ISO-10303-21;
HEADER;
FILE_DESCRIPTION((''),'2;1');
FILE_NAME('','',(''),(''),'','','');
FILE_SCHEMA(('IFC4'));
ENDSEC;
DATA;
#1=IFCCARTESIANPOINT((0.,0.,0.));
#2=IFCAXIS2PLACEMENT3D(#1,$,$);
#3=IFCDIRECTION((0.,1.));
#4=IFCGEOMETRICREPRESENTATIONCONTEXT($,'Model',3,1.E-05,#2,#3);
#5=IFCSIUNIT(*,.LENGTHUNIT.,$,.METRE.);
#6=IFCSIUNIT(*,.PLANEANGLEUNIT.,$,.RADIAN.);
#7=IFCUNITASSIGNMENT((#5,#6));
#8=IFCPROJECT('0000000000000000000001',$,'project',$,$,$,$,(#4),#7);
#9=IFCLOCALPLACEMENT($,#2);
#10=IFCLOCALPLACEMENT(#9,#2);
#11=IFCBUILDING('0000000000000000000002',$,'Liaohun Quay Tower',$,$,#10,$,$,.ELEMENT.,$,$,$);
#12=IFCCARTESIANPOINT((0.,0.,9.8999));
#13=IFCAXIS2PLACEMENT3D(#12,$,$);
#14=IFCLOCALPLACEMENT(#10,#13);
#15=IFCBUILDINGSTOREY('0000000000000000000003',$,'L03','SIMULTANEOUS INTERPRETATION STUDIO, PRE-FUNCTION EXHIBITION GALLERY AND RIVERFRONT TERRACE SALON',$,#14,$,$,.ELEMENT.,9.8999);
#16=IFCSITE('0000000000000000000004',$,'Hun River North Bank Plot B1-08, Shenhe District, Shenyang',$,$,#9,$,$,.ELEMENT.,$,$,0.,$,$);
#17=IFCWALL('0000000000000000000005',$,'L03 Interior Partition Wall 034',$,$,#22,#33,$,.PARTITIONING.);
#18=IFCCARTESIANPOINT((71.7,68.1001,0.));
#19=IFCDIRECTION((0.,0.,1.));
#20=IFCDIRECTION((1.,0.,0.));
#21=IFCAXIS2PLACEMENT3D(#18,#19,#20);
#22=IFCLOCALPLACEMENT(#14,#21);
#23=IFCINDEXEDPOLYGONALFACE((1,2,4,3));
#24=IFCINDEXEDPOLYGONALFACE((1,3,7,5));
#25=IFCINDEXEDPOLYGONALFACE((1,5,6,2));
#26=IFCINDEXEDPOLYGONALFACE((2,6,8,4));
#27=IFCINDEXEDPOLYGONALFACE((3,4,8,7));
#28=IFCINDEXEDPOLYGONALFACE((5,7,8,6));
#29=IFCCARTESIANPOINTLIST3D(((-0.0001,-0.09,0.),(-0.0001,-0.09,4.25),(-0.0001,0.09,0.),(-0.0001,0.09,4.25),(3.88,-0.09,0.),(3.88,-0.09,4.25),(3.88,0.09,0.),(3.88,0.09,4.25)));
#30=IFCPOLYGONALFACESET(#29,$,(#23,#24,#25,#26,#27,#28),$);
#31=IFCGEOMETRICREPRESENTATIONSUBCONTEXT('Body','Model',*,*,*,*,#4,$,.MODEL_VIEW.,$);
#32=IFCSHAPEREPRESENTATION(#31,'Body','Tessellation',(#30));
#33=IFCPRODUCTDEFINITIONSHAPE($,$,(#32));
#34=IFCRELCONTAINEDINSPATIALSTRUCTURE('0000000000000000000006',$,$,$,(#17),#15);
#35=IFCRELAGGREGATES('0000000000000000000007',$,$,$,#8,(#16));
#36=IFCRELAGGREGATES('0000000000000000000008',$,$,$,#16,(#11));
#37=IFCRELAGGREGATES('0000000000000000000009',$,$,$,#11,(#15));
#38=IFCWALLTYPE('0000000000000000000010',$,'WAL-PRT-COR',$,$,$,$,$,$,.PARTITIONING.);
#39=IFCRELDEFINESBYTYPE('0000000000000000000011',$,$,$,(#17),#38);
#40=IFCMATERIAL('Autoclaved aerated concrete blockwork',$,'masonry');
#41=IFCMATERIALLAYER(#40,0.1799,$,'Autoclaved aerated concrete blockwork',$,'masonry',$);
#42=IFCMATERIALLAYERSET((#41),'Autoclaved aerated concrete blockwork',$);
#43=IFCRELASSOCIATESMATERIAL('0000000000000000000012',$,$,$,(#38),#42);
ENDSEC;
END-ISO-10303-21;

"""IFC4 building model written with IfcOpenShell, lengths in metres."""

from ifc_helpers import new_model, si_unit, direction, frame, frame_2d, origin, place, context, subcontext, project, spatial, rectangle, extrude, material, layer, layer_set, type_object, element, save


model = new_model("IFC4")

# Units and contexts
model_context = context("Model", 3, precision=1e-05, world=origin(), true_north=direction((0.0, 1.0)))
body_context = subcontext(model_context, "Body", "Model", "MODEL_VIEW")
ifc_project = project(units=[si_unit("LENGTHUNIT", "METRE"), si_unit("PLANEANGLEUNIT", "RADIAN")], contexts=[model_context])

# Site, building, storey
site_placement = place(None, origin())
site = spatial("IfcSite", under=ifc_project, at=site_placement, Name="Hun River North Bank Plot B1-08, Shenhe District, Shenyang", CompositionType="ELEMENT", RefElevation=0.0)
building_placement = place(site_placement, origin())
building = spatial("IfcBuilding", under=site, at=building_placement, Name="Liaohun Quay Tower", CompositionType="ELEMENT")
storey_placement = place(building_placement, frame((0.0, 0.0, 9.8999)))
storey = spatial("IfcBuildingStorey", under=building, at=storey_placement, Name="L03", Description="SIMULTANEOUS INTERPRETATION STUDIO, PRE-FUNCTION EXHIBITION GALLERY AND RIVERFRONT TERRACE SALON", CompositionType="ELEMENT", Elevation=9.8999)

# Shared definitions
ifc_material_1 = material(Name="Autoclaved aerated concrete blockwork", Category="masonry")
ifc_layer_1 = layer(ifc_material_1, 0.1799, Name="Autoclaved aerated concrete blockwork", Category="masonry")
ifc_layer_set_1 = layer_set([ifc_layer_1], Name="Autoclaved aerated concrete blockwork")
wall_type_1 = type_object("IfcWallType", Name="WAL-PRT-COR", PredefinedType="PARTITIONING", material=ifc_layer_set_1)

# Wall
wall_1_placement = place(storey_placement, frame((71.7, 68.1001, 0.0), z_axis=(0.0, 0.0, 1.0), x_axis=(1.0, 0.0, 0.0)))
element("IfcWall", 1, at=wall_1_placement, inside=storey, type_object=wall_type_1, Name="L03 Interior Partition Wall 034", PredefinedType="PARTITIONING", context=body_context, shape_type="SweptSolid", body=[
    extrude(rectangle(XDim=3.8801, YDim=0.1799, at=frame_2d((1.9399, 0.0))), origin(), (0.0, 0.0, 1.0), 4.25),
])

save(model, "model.ifc")
